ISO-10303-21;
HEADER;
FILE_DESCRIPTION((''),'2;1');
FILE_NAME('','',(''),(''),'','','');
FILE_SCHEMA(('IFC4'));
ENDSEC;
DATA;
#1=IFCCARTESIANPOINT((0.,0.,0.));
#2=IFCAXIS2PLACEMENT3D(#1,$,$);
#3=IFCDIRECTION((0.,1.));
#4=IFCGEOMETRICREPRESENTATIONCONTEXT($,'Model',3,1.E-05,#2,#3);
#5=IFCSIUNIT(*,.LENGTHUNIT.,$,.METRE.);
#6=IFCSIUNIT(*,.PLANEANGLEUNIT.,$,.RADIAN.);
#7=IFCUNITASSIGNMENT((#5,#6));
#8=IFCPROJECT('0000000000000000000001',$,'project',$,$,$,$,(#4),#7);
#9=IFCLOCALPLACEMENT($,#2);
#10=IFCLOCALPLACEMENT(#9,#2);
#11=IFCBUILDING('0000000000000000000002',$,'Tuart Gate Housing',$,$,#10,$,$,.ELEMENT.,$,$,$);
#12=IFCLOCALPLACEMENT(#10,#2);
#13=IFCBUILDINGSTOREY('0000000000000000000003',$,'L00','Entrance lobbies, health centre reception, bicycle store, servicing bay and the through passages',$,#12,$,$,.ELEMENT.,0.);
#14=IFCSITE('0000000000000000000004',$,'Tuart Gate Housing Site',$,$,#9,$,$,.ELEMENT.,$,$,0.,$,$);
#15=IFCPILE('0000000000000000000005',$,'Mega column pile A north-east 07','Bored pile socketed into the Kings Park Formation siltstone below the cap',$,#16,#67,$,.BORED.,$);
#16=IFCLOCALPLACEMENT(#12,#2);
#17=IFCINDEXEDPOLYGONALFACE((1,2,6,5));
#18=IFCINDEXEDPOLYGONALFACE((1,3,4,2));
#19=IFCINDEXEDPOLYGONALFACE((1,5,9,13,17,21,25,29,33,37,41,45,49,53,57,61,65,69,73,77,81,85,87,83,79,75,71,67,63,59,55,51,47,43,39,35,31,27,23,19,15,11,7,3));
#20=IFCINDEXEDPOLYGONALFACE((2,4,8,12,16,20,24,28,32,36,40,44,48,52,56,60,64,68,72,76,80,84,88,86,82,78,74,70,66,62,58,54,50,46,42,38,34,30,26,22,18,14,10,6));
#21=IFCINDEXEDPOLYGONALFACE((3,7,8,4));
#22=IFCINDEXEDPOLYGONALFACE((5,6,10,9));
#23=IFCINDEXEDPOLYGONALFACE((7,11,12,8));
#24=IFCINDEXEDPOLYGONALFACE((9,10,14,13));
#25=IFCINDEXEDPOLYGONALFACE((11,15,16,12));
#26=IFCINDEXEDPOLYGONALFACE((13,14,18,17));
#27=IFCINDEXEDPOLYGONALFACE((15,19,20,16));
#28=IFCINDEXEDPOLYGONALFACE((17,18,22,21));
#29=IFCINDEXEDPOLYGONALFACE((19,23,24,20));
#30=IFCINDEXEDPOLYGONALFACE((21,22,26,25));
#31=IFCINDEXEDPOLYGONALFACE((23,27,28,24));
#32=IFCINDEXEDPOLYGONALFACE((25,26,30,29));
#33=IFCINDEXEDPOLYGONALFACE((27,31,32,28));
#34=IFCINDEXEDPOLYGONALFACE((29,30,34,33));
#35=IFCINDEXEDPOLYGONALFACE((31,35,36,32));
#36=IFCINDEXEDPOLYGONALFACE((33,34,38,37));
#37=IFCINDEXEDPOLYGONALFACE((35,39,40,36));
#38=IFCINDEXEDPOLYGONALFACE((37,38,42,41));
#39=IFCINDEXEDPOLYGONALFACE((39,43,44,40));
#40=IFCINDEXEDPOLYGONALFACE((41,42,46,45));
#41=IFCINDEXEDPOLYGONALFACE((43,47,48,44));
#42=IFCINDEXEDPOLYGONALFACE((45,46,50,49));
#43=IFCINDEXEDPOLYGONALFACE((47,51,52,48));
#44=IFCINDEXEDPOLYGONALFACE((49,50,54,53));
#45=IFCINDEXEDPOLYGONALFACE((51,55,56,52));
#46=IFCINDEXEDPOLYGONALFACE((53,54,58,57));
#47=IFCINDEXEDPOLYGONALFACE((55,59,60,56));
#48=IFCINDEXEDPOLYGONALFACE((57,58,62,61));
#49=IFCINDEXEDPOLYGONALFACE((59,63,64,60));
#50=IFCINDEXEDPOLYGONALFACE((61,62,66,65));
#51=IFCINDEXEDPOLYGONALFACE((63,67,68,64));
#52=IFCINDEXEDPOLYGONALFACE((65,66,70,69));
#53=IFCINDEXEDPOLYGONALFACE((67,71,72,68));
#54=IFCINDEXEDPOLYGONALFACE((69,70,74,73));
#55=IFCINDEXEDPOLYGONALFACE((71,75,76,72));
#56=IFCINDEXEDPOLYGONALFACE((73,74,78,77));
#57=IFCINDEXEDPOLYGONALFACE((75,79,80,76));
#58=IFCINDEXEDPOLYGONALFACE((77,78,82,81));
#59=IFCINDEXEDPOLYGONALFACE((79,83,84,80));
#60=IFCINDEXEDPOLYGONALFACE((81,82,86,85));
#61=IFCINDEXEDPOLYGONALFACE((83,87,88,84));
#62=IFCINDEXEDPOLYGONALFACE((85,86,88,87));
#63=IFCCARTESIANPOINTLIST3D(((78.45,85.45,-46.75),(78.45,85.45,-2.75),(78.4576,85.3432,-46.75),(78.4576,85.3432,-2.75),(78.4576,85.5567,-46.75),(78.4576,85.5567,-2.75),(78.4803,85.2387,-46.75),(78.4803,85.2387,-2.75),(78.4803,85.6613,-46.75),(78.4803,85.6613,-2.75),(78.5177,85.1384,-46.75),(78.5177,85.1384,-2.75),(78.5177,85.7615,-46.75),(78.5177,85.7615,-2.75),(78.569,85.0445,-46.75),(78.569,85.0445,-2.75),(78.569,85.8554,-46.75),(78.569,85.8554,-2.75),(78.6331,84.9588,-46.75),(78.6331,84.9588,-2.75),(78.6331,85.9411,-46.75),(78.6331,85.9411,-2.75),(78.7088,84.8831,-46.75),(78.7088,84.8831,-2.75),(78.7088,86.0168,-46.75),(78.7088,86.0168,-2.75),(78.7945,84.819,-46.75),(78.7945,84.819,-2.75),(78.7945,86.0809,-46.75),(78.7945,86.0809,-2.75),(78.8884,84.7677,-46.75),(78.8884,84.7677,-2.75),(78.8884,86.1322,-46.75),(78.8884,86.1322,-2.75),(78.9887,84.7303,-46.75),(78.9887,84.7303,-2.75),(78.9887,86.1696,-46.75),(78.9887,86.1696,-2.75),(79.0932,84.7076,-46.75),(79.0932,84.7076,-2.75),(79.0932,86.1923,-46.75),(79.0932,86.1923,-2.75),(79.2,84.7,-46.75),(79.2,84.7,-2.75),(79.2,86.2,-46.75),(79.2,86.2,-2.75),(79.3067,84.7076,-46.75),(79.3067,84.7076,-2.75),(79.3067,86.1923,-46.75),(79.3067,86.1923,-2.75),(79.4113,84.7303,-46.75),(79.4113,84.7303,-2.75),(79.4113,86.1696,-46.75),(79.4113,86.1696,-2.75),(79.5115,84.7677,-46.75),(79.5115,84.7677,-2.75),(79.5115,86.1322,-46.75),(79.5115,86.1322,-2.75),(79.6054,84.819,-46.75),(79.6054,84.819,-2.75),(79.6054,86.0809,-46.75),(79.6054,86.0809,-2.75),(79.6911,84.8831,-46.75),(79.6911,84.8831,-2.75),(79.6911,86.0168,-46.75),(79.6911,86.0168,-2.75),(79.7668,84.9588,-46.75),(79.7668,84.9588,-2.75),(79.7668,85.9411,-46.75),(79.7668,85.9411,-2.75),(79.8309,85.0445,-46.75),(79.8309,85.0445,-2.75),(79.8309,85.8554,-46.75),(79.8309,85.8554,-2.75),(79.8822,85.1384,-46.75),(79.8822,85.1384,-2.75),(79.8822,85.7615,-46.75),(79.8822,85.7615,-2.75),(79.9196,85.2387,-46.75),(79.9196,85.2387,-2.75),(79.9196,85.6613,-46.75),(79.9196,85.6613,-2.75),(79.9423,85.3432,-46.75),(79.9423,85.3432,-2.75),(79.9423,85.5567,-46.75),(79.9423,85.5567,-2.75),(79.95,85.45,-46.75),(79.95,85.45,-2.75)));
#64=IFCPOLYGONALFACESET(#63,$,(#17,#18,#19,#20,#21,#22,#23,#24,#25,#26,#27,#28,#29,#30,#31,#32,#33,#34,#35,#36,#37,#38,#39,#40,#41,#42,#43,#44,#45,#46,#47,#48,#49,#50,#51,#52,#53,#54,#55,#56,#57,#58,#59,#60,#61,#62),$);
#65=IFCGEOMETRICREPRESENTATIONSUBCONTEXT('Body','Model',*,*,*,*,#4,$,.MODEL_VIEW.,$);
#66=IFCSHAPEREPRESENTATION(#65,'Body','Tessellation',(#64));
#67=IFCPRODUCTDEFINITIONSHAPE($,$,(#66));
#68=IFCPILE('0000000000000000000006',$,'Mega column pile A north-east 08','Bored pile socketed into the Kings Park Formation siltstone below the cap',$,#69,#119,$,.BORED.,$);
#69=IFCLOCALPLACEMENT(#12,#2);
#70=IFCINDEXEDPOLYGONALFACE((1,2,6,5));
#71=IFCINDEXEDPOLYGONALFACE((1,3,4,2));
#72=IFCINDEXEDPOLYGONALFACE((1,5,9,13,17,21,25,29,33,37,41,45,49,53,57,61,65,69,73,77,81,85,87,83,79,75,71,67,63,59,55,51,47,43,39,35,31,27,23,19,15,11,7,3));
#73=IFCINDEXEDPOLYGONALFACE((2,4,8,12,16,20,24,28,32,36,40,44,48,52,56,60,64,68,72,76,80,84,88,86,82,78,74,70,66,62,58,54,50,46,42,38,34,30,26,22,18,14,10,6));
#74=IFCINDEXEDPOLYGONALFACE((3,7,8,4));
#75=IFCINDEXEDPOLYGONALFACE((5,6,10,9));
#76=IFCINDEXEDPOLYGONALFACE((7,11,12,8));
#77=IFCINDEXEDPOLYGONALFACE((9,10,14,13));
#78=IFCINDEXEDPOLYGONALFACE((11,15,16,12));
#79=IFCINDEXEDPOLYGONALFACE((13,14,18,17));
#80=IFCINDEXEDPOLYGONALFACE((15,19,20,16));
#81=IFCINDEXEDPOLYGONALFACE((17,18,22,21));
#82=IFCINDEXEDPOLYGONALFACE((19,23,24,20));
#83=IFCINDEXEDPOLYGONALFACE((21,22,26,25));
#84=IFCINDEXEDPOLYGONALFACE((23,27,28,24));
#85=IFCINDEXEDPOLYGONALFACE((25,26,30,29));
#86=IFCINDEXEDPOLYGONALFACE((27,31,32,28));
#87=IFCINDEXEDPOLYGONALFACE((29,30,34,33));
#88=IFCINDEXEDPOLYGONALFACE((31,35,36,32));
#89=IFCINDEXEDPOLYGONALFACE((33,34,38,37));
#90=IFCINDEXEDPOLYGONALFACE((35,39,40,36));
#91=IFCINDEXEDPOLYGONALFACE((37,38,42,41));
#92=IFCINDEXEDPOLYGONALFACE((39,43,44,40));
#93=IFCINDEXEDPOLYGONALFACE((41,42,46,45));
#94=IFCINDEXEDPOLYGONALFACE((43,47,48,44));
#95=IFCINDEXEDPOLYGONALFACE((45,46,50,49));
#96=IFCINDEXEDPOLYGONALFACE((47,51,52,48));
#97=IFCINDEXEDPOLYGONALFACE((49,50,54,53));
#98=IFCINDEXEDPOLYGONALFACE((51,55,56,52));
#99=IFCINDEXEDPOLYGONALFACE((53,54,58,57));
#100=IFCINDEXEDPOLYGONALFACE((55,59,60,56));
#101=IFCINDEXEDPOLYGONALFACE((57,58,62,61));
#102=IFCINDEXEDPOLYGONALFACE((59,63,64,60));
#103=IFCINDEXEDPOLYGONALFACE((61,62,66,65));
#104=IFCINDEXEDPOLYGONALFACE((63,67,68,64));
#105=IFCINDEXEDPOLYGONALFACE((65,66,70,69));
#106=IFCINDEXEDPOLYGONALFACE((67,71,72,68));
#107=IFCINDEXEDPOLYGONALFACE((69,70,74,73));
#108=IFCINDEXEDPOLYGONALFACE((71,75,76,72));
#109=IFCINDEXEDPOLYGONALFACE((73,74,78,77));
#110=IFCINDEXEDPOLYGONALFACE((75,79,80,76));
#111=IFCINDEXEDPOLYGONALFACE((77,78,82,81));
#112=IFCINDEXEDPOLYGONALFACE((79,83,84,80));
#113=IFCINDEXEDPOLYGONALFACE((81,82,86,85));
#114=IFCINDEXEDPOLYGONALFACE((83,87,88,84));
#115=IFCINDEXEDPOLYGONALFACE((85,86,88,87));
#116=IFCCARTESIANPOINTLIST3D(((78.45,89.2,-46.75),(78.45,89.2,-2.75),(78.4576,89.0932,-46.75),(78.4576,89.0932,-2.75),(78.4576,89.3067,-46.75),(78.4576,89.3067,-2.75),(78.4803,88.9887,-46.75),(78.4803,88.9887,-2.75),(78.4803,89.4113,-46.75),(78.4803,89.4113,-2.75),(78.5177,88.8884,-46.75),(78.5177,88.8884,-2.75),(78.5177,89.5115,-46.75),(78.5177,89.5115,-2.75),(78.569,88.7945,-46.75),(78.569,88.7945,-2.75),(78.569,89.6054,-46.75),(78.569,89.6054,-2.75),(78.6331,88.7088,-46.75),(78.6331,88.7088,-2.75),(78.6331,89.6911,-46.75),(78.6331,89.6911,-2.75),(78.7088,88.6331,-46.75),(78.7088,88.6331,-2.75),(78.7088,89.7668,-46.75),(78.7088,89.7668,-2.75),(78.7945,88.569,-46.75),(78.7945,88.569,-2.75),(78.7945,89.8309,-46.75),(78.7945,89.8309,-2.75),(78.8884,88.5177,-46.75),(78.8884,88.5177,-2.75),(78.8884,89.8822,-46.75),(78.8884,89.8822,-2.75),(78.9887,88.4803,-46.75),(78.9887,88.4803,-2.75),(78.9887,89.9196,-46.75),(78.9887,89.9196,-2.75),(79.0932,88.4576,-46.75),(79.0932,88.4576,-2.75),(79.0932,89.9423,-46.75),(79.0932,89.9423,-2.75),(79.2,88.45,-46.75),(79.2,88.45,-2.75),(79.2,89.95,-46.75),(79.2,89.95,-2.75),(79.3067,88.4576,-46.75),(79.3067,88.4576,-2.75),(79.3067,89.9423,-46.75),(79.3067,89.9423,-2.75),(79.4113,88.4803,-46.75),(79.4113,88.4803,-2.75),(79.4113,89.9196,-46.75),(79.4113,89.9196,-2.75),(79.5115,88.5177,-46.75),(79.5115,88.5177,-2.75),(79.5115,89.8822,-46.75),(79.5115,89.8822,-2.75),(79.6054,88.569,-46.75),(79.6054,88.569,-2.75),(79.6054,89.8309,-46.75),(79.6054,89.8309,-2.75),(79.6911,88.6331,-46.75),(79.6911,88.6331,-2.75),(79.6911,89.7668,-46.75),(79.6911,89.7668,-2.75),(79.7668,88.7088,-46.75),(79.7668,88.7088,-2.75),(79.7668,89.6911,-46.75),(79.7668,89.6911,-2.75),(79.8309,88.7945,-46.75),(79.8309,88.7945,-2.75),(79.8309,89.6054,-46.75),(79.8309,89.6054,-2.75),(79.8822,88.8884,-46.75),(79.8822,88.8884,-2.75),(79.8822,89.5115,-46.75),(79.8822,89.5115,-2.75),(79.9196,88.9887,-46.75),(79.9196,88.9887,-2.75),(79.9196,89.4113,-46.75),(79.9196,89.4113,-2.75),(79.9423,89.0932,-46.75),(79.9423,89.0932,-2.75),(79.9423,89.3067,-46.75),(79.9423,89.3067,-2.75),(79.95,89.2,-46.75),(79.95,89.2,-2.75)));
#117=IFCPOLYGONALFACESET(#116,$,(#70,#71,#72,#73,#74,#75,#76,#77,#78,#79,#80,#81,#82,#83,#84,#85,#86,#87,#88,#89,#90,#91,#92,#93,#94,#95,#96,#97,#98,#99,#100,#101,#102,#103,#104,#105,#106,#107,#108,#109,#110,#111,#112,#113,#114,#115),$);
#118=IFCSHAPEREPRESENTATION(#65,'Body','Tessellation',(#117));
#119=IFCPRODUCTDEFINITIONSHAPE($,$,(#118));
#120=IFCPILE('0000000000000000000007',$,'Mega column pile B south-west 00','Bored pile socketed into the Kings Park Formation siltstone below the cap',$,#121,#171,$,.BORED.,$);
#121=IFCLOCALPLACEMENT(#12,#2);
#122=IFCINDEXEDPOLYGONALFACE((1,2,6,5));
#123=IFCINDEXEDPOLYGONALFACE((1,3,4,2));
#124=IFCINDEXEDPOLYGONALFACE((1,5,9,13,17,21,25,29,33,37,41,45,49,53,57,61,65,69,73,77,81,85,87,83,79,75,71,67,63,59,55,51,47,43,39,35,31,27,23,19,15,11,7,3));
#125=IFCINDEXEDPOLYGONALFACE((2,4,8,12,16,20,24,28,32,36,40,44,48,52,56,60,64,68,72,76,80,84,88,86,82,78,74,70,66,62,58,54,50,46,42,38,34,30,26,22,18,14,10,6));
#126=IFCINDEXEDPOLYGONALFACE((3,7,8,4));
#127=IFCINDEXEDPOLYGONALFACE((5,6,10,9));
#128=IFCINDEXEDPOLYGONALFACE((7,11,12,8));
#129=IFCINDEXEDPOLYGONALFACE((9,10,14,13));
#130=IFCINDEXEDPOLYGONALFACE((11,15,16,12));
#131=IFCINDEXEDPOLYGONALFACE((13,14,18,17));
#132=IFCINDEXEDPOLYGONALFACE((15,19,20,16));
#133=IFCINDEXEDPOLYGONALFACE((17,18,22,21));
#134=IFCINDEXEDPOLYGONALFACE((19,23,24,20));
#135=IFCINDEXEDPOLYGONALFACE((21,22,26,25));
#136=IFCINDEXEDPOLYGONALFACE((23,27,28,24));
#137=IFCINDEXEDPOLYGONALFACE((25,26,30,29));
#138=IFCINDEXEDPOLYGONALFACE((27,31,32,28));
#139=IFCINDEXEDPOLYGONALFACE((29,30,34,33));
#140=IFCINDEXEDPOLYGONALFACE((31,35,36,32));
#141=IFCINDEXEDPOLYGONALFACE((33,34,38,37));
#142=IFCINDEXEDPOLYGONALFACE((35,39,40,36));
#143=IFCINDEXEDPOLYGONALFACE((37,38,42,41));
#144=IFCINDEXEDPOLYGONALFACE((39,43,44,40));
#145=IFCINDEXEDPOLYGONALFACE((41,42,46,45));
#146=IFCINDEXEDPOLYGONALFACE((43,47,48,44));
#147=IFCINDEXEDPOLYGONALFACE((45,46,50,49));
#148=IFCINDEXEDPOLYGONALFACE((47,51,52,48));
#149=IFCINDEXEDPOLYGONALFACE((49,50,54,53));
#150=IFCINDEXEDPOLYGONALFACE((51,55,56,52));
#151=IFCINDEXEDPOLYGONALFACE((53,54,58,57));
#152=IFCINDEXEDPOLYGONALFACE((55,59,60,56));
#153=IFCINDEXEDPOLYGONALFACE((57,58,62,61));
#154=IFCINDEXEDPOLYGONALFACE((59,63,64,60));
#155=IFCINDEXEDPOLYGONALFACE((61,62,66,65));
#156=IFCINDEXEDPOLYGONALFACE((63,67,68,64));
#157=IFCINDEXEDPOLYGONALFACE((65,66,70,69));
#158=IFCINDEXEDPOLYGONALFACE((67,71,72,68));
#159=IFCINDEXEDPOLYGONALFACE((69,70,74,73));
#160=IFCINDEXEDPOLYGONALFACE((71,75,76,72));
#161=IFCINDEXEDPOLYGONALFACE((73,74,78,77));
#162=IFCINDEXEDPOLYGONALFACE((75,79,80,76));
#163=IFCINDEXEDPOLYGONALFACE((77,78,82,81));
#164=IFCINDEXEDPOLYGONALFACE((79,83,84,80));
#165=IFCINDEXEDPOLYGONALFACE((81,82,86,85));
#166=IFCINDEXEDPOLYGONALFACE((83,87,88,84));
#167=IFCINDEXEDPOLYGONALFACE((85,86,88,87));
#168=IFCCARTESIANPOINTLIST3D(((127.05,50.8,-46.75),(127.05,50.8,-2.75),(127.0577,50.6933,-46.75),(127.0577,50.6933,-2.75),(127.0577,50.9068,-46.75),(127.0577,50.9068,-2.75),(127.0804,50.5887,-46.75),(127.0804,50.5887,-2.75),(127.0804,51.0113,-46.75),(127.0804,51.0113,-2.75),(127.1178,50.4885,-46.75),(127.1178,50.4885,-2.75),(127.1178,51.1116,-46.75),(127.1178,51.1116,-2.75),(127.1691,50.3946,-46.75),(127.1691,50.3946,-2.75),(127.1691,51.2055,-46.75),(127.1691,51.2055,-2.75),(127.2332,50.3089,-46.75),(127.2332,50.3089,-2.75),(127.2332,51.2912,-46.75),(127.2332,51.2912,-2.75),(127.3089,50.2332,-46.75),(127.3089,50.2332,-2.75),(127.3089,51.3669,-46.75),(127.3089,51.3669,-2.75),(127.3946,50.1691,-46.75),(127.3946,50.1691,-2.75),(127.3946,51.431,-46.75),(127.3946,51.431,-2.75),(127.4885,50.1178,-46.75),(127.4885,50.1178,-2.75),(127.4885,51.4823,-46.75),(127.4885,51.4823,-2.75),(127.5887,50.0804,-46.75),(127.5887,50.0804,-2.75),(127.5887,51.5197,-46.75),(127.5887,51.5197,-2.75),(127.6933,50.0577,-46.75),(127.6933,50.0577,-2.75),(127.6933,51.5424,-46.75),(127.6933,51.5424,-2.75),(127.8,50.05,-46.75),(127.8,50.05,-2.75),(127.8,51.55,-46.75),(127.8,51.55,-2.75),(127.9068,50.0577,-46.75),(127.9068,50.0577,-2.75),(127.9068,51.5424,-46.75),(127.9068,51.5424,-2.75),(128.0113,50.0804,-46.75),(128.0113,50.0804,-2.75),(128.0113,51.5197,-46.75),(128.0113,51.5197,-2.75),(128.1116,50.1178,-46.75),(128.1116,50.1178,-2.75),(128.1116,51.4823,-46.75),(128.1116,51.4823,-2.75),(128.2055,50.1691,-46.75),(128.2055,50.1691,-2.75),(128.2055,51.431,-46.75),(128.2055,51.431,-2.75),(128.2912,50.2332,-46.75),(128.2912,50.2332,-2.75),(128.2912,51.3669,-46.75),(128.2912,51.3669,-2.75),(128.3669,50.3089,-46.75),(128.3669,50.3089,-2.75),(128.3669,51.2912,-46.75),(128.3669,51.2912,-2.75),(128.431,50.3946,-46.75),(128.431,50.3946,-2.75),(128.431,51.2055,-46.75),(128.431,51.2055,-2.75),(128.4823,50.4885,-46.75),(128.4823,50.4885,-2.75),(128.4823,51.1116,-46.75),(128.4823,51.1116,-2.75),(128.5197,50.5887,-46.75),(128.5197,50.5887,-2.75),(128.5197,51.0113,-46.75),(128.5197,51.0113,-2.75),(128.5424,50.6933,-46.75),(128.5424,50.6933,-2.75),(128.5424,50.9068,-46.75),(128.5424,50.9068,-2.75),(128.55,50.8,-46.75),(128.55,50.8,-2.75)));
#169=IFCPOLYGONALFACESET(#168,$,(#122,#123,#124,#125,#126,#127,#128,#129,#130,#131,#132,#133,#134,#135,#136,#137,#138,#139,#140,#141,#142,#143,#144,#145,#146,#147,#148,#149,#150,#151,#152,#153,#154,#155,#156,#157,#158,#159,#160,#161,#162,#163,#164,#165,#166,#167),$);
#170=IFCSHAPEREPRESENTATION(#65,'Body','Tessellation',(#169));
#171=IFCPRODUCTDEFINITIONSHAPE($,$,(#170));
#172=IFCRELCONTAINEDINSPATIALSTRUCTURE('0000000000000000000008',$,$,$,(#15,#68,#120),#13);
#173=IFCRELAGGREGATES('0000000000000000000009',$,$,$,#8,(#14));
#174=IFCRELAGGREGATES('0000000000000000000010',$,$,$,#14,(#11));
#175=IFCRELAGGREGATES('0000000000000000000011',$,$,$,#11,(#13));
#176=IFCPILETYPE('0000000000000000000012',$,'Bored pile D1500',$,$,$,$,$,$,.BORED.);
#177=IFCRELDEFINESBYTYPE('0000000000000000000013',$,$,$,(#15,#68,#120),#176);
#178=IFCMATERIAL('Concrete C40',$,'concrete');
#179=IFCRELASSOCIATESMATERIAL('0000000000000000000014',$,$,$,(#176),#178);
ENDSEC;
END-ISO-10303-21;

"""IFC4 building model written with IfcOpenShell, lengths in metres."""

from ifc_helpers import new_model, si_unit, direction, frame, origin, origin_2d, place, context, subcontext, project, spatial, circle, extrude, material, material_profile, profile_set, type_object, element, save


model = new_model("IFC4")

# Units and contexts
model_context = context("Model", 3, precision=1e-05, world=origin(), true_north=direction((0.0, 1.0)))
body_context = subcontext(model_context, "Body", "Model", "MODEL_VIEW")
ifc_project = project(units=[si_unit("LENGTHUNIT", "METRE"), si_unit("PLANEANGLEUNIT", "RADIAN")], contexts=[model_context])

# Site, building, storey
site_placement = place(None, origin())
site = spatial("IfcSite", under=ifc_project, at=site_placement, Name="Tuart Gate Housing Site", CompositionType="ELEMENT", RefElevation=0.0)
building_placement = place(site_placement, origin())
building = spatial("IfcBuilding", under=site, at=building_placement, Name="Tuart Gate Housing", CompositionType="ELEMENT")
storey_placement = place(building_placement, origin())
storey = spatial("IfcBuildingStorey", under=building, at=storey_placement, Name="L00", Description="Entrance lobbies, health centre reception, bicycle store, servicing bay and the through passages", CompositionType="ELEMENT", Elevation=0.0)

# Piles
ifc_material_1 = material(Name="Concrete C40", Category="concrete")
ifc_material_profile_1 = material_profile(ifc_material_1, circle(Radius=0.75, at=origin_2d()), Name="Bored pile D1500")
ifc_profile_set_1 = profile_set([ifc_material_profile_1], Name="Concrete C40")
pile_type = type_object("IfcPileType", Name="Bored pile D1500", PredefinedType="BORED", material=ifc_profile_set_1)
for number, where, z_axis, x_axis, name in (
    (1, (79.2, 85.45, -2.75), (0.0, 0.0, -1.0), (1.0, 0.0, 0.0), "Mega column pile A north-east 07"),
    (2, (79.2, 89.2, -2.75), (0.0, 0.0, -1.0), (1.0, 0.0, 0.0), "Mega column pile A north-east 08"),
    (3, (127.8, 50.8, -2.75), (0.0, 0.0, -1.0), (1.0, 0.0, 0.0), "Mega column pile B south-west 00"),
):
    element("IfcPile", number, at=place(storey_placement, frame(where, z_axis=z_axis, x_axis=x_axis)), inside=storey, type_object=pile_type, Name=name, Description="Bored pile socketed into the Kings Park Formation siltstone below the cap", PredefinedType="BORED", context=body_context, shape_type="SweptSolid", body=[
        extrude(circle(Radius=0.75, at=origin_2d()), origin(), (0.0, 0.0, 1.0), 44.0),
    ])

save(model, "model.ifc")
